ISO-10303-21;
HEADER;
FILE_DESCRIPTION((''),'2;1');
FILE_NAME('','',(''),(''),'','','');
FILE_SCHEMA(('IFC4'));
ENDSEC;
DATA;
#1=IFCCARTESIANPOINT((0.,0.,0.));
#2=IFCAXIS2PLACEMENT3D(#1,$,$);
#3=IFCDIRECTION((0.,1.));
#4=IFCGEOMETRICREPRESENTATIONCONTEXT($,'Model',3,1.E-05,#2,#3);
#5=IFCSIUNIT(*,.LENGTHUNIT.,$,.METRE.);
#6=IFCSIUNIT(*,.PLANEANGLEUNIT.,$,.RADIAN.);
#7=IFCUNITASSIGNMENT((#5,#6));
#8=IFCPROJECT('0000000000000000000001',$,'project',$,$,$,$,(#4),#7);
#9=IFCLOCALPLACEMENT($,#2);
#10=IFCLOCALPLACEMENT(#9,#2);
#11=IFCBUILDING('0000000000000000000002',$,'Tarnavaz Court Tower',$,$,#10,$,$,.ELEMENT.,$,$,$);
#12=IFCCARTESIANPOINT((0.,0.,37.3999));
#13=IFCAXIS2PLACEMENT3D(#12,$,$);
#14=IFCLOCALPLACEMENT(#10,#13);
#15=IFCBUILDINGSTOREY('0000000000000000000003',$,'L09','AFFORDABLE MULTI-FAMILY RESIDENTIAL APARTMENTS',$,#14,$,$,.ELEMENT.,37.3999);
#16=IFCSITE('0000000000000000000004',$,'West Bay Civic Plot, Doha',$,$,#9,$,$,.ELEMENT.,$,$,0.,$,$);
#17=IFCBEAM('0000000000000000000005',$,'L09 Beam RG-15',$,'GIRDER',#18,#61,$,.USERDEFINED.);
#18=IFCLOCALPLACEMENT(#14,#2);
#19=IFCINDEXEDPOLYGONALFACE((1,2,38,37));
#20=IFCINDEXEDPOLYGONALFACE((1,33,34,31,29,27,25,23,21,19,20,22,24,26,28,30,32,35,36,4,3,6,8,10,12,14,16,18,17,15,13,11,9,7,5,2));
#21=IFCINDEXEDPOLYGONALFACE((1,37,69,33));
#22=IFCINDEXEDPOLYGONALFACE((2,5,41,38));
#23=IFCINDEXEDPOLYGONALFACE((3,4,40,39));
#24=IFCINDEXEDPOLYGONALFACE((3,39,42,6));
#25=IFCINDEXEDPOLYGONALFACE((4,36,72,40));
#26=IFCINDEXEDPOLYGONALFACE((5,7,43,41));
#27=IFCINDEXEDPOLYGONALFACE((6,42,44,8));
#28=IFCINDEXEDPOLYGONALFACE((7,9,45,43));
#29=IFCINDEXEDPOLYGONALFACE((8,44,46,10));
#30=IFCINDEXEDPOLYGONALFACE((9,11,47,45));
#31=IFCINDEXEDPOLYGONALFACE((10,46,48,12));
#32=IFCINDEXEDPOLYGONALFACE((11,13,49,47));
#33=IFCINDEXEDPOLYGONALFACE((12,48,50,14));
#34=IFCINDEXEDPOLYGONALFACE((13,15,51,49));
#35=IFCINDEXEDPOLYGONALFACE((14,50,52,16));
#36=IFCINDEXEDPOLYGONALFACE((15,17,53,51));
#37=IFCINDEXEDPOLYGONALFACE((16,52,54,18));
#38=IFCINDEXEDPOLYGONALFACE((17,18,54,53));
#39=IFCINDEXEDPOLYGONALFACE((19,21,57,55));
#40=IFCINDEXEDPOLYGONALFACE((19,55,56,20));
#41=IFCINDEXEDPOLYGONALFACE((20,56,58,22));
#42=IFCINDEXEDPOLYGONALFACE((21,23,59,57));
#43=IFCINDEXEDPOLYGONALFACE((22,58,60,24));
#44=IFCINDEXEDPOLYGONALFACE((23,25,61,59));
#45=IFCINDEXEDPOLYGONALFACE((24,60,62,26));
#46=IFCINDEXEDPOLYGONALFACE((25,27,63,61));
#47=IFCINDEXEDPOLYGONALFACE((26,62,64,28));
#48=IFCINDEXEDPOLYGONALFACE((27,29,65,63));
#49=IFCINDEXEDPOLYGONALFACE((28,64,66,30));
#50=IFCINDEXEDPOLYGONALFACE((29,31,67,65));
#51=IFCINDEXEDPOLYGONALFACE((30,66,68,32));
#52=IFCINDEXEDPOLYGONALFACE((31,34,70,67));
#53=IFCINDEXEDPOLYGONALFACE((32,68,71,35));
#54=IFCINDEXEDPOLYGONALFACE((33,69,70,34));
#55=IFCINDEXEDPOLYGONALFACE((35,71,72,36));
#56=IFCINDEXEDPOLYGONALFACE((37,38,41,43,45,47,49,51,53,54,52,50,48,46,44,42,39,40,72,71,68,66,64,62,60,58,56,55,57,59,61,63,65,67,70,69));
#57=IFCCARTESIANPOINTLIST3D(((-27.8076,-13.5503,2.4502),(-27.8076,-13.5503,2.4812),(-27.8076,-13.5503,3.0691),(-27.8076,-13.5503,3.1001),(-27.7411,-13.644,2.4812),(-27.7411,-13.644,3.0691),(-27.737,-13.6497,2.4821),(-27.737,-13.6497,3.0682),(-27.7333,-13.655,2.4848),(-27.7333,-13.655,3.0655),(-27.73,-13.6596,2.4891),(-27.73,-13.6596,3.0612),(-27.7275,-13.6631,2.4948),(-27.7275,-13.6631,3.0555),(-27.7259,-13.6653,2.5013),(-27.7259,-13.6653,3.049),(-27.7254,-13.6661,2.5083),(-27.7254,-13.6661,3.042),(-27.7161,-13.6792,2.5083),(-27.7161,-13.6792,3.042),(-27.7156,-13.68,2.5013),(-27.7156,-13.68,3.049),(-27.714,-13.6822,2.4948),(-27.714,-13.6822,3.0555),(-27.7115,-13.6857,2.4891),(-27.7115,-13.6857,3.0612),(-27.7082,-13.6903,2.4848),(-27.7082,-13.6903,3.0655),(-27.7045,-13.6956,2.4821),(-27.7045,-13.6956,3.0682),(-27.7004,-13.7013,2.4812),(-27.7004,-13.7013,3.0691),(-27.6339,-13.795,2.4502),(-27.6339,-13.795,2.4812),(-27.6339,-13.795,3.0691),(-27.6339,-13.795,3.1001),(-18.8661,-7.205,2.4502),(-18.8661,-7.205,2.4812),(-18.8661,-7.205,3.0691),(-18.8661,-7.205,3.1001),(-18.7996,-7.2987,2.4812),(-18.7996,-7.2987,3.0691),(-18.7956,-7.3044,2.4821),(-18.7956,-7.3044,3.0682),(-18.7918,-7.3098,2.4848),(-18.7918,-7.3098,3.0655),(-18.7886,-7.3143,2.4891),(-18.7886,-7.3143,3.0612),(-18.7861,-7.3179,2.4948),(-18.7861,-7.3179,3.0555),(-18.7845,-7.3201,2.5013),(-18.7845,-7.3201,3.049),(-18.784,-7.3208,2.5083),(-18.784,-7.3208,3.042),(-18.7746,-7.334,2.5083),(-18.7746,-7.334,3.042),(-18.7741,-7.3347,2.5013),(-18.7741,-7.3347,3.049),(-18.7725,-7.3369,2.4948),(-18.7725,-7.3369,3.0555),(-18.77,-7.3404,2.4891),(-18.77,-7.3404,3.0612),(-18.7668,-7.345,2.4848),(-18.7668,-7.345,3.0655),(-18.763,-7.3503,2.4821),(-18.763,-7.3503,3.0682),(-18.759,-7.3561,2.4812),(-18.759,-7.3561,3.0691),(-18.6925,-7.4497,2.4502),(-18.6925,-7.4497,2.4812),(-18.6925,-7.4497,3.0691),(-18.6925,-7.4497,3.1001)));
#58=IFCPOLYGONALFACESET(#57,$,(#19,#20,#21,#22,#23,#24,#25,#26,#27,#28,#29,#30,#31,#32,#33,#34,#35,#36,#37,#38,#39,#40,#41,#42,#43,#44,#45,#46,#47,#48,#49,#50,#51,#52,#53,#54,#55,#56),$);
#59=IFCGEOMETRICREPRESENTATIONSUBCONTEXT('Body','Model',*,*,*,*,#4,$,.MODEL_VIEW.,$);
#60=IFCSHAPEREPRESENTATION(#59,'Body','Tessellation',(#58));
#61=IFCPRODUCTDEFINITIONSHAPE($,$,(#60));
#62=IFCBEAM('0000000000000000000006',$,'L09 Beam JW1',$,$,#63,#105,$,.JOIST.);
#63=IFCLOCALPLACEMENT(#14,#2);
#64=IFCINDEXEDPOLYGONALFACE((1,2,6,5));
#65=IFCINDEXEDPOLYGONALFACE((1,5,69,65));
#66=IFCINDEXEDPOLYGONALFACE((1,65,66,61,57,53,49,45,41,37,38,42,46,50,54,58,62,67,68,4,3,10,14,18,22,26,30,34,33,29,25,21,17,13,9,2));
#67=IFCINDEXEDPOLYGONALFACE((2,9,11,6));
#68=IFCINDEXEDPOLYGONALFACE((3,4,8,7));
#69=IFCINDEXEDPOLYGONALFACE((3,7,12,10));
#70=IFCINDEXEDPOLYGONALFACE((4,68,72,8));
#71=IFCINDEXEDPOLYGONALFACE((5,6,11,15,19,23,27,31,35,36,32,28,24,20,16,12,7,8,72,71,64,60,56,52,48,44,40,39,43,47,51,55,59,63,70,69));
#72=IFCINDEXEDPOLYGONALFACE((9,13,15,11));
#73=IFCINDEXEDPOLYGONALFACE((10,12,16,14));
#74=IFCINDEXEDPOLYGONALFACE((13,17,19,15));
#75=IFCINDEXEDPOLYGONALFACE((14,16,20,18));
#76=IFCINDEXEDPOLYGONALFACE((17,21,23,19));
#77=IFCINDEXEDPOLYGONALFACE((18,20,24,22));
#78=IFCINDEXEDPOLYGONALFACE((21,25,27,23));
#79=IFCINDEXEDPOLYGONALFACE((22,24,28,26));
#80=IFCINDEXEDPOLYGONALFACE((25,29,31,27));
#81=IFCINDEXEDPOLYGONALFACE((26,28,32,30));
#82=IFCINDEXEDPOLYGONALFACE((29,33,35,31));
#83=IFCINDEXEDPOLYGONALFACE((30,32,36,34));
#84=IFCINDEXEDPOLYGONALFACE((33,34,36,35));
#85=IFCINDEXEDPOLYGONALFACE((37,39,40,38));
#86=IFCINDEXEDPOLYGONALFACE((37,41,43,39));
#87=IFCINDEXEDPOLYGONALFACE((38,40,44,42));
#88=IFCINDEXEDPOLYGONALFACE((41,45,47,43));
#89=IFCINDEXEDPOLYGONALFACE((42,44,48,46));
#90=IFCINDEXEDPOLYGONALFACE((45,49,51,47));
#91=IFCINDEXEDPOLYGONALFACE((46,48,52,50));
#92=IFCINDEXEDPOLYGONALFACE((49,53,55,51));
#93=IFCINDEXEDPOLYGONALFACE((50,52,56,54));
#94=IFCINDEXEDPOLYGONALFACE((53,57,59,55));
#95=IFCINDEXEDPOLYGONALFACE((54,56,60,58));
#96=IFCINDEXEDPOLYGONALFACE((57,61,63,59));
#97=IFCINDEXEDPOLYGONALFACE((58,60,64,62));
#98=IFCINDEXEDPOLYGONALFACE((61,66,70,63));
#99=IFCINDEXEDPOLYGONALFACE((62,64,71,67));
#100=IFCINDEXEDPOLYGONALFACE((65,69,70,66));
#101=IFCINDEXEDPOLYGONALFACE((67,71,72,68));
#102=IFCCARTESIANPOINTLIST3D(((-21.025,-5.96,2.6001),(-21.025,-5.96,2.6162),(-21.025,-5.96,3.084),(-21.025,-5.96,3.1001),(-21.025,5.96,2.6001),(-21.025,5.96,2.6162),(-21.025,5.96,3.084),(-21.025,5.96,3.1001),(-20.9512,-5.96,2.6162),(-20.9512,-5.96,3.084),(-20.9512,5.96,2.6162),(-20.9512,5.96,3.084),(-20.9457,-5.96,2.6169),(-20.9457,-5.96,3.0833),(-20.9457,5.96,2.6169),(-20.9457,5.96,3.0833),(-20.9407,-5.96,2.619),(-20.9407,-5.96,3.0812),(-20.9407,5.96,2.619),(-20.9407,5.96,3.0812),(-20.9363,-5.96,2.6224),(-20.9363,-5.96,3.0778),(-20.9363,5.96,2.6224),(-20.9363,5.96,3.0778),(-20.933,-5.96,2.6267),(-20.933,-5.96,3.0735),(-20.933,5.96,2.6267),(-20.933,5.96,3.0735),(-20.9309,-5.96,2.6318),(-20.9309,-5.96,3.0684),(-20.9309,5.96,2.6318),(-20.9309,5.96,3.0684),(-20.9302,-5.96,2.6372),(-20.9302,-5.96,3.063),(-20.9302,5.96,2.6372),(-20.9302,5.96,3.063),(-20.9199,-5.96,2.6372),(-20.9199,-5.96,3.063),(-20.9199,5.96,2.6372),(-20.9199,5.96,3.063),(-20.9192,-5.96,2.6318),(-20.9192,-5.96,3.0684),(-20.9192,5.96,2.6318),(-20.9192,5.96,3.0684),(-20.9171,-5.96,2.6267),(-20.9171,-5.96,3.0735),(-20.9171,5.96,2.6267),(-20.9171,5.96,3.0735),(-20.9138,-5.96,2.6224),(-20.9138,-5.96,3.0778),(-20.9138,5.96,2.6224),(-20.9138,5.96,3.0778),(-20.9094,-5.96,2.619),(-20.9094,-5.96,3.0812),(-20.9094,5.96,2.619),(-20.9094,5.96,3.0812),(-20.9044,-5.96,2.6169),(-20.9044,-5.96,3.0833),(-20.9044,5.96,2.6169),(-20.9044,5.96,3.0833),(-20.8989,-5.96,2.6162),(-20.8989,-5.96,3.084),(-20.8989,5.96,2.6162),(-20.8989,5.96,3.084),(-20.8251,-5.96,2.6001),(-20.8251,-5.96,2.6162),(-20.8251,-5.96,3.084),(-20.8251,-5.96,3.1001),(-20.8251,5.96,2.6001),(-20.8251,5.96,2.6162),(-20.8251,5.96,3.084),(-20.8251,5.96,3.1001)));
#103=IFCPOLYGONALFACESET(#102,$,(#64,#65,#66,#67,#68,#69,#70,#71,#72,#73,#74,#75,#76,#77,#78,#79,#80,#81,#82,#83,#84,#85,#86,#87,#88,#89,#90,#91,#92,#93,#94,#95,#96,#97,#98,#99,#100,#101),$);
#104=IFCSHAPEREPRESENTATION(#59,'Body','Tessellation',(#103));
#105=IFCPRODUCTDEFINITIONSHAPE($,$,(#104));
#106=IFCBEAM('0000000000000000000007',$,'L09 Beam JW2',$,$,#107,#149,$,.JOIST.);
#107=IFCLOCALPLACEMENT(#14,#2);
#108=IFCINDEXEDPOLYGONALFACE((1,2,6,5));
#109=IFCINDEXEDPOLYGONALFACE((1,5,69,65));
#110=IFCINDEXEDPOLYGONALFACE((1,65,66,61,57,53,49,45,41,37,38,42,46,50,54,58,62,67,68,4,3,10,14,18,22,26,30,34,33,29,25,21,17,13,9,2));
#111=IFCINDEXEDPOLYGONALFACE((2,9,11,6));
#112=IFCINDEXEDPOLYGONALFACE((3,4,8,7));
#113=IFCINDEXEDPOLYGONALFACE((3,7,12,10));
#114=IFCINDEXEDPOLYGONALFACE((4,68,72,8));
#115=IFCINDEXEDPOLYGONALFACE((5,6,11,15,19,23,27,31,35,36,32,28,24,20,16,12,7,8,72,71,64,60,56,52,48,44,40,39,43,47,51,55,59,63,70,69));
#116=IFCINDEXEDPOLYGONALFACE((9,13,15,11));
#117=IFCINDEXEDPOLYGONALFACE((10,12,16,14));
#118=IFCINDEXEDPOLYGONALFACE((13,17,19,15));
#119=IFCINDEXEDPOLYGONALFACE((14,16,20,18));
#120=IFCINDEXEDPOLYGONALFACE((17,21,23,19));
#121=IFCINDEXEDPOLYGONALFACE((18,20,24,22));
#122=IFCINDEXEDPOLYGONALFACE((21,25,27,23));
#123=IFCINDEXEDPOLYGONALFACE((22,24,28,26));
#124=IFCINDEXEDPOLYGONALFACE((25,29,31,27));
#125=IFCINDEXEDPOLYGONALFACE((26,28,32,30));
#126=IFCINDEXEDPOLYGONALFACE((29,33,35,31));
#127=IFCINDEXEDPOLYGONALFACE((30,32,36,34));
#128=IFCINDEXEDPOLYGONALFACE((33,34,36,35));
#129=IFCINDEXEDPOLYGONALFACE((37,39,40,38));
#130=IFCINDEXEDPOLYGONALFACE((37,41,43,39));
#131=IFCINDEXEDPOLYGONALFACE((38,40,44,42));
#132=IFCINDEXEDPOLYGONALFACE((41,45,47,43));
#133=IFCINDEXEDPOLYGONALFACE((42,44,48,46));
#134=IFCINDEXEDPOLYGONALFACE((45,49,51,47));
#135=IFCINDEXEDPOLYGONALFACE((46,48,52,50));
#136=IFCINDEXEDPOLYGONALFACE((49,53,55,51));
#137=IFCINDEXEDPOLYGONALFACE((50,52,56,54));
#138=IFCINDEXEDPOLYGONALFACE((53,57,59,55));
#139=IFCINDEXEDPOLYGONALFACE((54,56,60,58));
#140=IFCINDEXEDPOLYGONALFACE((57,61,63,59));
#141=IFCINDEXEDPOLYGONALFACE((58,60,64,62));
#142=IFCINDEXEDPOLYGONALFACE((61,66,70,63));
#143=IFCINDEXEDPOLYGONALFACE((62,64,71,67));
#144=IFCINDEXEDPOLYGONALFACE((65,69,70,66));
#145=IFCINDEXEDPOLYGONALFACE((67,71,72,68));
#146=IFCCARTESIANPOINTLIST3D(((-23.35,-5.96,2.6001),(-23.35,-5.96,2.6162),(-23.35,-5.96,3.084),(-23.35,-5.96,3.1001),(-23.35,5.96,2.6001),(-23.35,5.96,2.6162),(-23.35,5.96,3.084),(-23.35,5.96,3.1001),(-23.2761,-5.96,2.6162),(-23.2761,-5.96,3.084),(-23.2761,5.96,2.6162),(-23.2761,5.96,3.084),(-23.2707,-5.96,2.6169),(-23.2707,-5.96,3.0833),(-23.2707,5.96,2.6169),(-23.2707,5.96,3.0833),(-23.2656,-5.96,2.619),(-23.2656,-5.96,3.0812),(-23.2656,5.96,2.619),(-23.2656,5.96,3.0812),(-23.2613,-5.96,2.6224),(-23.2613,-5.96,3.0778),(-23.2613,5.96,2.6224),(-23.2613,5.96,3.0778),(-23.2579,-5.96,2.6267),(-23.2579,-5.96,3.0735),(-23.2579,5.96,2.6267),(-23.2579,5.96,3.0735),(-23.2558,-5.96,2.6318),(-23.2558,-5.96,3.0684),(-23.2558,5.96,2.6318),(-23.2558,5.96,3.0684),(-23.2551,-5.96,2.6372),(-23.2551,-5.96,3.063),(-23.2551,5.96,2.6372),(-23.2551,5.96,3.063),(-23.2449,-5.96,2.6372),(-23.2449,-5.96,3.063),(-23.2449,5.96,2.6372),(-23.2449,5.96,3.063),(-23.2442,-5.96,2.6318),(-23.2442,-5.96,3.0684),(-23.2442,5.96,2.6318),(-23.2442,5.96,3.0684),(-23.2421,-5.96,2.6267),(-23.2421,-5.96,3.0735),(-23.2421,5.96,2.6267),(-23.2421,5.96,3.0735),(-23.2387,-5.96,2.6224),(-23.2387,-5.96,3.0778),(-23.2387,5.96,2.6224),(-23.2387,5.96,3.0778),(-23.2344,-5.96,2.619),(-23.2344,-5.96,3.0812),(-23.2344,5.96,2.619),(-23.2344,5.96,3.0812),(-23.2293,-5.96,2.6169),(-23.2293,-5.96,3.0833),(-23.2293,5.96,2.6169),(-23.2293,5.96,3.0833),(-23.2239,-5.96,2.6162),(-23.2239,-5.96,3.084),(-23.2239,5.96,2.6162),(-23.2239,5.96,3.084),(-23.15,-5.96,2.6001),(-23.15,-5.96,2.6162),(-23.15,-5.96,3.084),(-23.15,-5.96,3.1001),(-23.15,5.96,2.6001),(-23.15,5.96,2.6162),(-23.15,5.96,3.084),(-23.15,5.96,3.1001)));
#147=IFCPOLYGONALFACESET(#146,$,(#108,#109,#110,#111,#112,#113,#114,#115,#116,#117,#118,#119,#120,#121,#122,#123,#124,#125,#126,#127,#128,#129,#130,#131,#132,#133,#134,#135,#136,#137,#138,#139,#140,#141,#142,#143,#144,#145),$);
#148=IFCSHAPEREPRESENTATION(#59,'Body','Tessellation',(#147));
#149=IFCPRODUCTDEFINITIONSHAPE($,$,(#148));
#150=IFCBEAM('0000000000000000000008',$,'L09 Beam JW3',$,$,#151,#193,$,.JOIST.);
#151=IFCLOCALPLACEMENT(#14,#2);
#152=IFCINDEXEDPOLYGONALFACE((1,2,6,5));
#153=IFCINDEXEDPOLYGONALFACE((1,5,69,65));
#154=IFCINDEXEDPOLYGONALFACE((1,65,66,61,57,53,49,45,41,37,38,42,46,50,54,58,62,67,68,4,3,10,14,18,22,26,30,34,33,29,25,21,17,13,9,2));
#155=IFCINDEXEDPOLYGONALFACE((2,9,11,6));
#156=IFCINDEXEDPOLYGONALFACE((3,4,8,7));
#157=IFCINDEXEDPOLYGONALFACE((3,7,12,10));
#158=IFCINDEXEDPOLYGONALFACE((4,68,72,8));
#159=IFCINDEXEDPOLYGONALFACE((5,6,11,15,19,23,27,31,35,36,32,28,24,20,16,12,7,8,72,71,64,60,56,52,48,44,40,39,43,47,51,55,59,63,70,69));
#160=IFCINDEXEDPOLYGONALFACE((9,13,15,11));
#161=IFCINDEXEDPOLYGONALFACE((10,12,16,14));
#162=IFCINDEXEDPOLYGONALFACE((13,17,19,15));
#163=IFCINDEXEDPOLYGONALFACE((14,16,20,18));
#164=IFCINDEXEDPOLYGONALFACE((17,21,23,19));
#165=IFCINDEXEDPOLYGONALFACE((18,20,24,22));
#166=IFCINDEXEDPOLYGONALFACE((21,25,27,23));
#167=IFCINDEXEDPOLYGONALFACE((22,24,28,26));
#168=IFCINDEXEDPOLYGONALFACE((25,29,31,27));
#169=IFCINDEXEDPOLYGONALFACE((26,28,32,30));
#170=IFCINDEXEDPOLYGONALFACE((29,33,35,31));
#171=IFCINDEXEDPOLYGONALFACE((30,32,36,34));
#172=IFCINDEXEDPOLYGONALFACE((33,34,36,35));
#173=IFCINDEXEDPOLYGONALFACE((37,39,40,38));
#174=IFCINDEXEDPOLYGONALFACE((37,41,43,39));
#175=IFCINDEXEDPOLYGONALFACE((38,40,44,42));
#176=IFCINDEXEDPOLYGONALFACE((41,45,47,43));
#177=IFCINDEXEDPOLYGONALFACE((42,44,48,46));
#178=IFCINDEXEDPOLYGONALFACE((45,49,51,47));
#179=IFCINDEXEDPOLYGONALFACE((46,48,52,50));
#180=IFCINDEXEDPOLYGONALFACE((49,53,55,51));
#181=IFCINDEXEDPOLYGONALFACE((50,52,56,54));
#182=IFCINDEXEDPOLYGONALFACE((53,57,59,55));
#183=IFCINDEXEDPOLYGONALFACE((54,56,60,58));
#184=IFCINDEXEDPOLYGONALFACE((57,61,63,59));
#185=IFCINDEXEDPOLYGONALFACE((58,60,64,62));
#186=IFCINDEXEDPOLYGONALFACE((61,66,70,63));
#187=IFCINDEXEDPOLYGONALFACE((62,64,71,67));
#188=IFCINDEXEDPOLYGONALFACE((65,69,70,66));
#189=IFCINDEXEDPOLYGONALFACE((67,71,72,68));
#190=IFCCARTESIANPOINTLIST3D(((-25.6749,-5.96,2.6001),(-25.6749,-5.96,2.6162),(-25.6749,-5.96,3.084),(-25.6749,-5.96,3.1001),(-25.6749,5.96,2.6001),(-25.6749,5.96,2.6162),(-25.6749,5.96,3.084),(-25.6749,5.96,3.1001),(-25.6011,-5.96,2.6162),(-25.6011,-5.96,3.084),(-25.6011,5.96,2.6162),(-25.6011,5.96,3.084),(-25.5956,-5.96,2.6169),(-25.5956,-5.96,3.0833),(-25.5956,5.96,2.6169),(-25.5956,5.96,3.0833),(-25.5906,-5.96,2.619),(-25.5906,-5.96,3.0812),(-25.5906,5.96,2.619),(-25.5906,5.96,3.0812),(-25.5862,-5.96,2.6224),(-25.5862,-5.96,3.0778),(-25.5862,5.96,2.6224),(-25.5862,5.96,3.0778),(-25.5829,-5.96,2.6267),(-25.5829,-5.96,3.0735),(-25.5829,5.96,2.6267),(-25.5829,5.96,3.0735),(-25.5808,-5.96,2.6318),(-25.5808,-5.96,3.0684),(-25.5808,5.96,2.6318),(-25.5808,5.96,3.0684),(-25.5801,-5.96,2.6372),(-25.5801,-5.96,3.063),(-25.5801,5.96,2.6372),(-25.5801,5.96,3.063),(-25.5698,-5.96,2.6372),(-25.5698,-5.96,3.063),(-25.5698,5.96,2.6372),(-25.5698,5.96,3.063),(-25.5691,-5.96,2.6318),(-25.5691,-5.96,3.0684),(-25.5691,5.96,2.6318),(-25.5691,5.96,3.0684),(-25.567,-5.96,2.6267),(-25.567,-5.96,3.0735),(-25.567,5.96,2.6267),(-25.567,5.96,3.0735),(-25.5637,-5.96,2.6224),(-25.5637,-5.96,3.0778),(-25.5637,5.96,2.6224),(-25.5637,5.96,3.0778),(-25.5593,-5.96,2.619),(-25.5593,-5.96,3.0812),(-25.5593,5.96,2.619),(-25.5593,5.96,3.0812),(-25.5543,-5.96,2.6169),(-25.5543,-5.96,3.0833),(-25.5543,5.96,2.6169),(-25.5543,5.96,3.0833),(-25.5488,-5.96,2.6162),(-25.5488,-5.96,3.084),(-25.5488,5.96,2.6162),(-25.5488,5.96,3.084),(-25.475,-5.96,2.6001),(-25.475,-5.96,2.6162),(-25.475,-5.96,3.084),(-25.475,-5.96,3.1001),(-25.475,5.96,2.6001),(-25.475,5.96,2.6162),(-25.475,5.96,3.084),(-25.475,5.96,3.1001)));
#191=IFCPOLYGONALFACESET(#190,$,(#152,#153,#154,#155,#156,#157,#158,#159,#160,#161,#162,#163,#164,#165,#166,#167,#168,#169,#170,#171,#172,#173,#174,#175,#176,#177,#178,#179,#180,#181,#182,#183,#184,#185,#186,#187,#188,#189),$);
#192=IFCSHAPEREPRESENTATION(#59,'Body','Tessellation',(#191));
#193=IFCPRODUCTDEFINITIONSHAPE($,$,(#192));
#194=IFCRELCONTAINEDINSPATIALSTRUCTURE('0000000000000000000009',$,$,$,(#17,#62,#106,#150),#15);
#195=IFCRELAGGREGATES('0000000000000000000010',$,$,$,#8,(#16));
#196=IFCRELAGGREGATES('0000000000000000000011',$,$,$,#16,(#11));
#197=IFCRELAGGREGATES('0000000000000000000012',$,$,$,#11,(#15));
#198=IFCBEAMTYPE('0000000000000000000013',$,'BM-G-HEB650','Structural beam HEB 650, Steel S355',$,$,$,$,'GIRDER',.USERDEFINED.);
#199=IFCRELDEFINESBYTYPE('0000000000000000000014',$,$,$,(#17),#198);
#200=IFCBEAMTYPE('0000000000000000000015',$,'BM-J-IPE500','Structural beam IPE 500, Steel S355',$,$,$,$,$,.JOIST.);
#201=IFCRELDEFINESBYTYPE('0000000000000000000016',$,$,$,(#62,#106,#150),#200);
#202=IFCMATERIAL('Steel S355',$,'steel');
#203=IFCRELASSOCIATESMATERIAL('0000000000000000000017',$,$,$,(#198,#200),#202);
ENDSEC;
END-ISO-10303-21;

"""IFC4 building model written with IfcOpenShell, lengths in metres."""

from ifc_helpers import new_model, si_unit, direction, frame, origin, origin_2d, place, context, subcontext, project, spatial, i_section, extrude, material, material_profile, profile_set, type_object, element, save


model = new_model("IFC4")

# Units and contexts
model_context = context("Model", 3, precision=1e-05, world=origin(), true_north=direction((0.0, 1.0)))
body_context = subcontext(model_context, "Body", "Model", "MODEL_VIEW")
ifc_project = project(units=[si_unit("LENGTHUNIT", "METRE"), si_unit("PLANEANGLEUNIT", "RADIAN")], contexts=[model_context])

# Site, building, storey
site_placement = place(None, origin())
site = spatial("IfcSite", under=ifc_project, at=site_placement, Name="West Bay Civic Plot, Doha", CompositionType="ELEMENT", RefElevation=0.0)
building_placement = place(site_placement, origin())
building = spatial("IfcBuilding", under=site, at=building_placement, Name="Tarnavaz Court Tower", CompositionType="ELEMENT")
storey_placement = place(building_placement, frame((0.0, 0.0, 37.3999)))
storey = spatial("IfcBuildingStorey", under=building, at=storey_placement, Name="L09", Description="AFFORDABLE MULTI-FAMILY RESIDENTIAL APARTMENTS", CompositionType="ELEMENT", Elevation=37.3999)

# Beams
ifc_material_1 = material(Name="Steel S355", Category="steel")
ifc_material_profile_1 = material_profile(ifc_material_1, i_section(OverallWidth=0.3, OverallDepth=0.6499, WebThickness=0.0161, FlangeThickness=0.031, FilletRadius=0.0271, at=origin_2d()), Name="HEB 650")
ifc_profile_set_1 = profile_set([ifc_material_profile_1], Name="Steel S355")
beam_type_1 = type_object("IfcBeamType", Name="BM-G-HEB650", Description="Structural beam HEB 650, Steel S355", ElementType="GIRDER", PredefinedType="USERDEFINED", material=ifc_profile_set_1)
beam_1_placement = place(storey_placement, frame((-18.7793, -7.3274, 2.7751), z_axis=(-0.81552, -0.578729, 0.0), x_axis=(0.578729, -0.81552, 0.0)))
element("IfcBeam", 1, at=beam_1_placement, inside=storey, type_object=beam_type_1, Name="L09 Beam RG-15", ObjectType="GIRDER", PredefinedType="USERDEFINED", context=body_context, shape_type="SweptSolid", body=[
    extrude(i_section(OverallWidth=0.3, OverallDepth=0.6499, WebThickness=0.0161, FlangeThickness=0.031, FilletRadius=0.0271, at=origin_2d()), origin(), (0.0, 0.0, 1.0), 10.9641),
])
ifc_material_profile_2 = material_profile(ifc_material_1, i_section(OverallWidth=0.2, OverallDepth=0.5, WebThickness=0.0103, FlangeThickness=0.0161, FilletRadius=0.021, at=origin_2d()), Name="IPE 500")
ifc_profile_set_2 = profile_set([ifc_material_profile_2], Name="Steel S355")
beam_type_2 = type_object("IfcBeamType", Name="BM-J-IPE500", Description="Structural beam IPE 500, Steel S355", PredefinedType="JOIST", material=ifc_profile_set_2)
for number, where, z_axis, x_axis, name in (
    (2, (-20.925, -5.96, 2.8501), (0.0, 1.0, 0.0), (-1.0, 0.0, 0.0), "L09 Beam JW1"),
    (3, (-23.25, -5.96, 2.8501), (0.0, 1.0, 0.0), (-1.0, 0.0, 0.0), "L09 Beam JW2"),
    (4, (-25.575, -5.96, 2.8501), (0.0, 1.0, 0.0), (-1.0, 0.0, 0.0), "L09 Beam JW3"),
):
    element("IfcBeam", number, at=place(storey_placement, frame(where, z_axis=z_axis, x_axis=x_axis)), inside=storey, type_object=beam_type_2, Name=name, PredefinedType="JOIST", context=body_context, shape_type="SweptSolid", body=[
        extrude(i_section(OverallWidth=0.2, OverallDepth=0.5, WebThickness=0.0103, FlangeThickness=0.0161, FilletRadius=0.021, at=origin_2d()), origin(), (0.0, 0.0, 1.0), 11.9199),
    ])

save(model, "model.ifc")
